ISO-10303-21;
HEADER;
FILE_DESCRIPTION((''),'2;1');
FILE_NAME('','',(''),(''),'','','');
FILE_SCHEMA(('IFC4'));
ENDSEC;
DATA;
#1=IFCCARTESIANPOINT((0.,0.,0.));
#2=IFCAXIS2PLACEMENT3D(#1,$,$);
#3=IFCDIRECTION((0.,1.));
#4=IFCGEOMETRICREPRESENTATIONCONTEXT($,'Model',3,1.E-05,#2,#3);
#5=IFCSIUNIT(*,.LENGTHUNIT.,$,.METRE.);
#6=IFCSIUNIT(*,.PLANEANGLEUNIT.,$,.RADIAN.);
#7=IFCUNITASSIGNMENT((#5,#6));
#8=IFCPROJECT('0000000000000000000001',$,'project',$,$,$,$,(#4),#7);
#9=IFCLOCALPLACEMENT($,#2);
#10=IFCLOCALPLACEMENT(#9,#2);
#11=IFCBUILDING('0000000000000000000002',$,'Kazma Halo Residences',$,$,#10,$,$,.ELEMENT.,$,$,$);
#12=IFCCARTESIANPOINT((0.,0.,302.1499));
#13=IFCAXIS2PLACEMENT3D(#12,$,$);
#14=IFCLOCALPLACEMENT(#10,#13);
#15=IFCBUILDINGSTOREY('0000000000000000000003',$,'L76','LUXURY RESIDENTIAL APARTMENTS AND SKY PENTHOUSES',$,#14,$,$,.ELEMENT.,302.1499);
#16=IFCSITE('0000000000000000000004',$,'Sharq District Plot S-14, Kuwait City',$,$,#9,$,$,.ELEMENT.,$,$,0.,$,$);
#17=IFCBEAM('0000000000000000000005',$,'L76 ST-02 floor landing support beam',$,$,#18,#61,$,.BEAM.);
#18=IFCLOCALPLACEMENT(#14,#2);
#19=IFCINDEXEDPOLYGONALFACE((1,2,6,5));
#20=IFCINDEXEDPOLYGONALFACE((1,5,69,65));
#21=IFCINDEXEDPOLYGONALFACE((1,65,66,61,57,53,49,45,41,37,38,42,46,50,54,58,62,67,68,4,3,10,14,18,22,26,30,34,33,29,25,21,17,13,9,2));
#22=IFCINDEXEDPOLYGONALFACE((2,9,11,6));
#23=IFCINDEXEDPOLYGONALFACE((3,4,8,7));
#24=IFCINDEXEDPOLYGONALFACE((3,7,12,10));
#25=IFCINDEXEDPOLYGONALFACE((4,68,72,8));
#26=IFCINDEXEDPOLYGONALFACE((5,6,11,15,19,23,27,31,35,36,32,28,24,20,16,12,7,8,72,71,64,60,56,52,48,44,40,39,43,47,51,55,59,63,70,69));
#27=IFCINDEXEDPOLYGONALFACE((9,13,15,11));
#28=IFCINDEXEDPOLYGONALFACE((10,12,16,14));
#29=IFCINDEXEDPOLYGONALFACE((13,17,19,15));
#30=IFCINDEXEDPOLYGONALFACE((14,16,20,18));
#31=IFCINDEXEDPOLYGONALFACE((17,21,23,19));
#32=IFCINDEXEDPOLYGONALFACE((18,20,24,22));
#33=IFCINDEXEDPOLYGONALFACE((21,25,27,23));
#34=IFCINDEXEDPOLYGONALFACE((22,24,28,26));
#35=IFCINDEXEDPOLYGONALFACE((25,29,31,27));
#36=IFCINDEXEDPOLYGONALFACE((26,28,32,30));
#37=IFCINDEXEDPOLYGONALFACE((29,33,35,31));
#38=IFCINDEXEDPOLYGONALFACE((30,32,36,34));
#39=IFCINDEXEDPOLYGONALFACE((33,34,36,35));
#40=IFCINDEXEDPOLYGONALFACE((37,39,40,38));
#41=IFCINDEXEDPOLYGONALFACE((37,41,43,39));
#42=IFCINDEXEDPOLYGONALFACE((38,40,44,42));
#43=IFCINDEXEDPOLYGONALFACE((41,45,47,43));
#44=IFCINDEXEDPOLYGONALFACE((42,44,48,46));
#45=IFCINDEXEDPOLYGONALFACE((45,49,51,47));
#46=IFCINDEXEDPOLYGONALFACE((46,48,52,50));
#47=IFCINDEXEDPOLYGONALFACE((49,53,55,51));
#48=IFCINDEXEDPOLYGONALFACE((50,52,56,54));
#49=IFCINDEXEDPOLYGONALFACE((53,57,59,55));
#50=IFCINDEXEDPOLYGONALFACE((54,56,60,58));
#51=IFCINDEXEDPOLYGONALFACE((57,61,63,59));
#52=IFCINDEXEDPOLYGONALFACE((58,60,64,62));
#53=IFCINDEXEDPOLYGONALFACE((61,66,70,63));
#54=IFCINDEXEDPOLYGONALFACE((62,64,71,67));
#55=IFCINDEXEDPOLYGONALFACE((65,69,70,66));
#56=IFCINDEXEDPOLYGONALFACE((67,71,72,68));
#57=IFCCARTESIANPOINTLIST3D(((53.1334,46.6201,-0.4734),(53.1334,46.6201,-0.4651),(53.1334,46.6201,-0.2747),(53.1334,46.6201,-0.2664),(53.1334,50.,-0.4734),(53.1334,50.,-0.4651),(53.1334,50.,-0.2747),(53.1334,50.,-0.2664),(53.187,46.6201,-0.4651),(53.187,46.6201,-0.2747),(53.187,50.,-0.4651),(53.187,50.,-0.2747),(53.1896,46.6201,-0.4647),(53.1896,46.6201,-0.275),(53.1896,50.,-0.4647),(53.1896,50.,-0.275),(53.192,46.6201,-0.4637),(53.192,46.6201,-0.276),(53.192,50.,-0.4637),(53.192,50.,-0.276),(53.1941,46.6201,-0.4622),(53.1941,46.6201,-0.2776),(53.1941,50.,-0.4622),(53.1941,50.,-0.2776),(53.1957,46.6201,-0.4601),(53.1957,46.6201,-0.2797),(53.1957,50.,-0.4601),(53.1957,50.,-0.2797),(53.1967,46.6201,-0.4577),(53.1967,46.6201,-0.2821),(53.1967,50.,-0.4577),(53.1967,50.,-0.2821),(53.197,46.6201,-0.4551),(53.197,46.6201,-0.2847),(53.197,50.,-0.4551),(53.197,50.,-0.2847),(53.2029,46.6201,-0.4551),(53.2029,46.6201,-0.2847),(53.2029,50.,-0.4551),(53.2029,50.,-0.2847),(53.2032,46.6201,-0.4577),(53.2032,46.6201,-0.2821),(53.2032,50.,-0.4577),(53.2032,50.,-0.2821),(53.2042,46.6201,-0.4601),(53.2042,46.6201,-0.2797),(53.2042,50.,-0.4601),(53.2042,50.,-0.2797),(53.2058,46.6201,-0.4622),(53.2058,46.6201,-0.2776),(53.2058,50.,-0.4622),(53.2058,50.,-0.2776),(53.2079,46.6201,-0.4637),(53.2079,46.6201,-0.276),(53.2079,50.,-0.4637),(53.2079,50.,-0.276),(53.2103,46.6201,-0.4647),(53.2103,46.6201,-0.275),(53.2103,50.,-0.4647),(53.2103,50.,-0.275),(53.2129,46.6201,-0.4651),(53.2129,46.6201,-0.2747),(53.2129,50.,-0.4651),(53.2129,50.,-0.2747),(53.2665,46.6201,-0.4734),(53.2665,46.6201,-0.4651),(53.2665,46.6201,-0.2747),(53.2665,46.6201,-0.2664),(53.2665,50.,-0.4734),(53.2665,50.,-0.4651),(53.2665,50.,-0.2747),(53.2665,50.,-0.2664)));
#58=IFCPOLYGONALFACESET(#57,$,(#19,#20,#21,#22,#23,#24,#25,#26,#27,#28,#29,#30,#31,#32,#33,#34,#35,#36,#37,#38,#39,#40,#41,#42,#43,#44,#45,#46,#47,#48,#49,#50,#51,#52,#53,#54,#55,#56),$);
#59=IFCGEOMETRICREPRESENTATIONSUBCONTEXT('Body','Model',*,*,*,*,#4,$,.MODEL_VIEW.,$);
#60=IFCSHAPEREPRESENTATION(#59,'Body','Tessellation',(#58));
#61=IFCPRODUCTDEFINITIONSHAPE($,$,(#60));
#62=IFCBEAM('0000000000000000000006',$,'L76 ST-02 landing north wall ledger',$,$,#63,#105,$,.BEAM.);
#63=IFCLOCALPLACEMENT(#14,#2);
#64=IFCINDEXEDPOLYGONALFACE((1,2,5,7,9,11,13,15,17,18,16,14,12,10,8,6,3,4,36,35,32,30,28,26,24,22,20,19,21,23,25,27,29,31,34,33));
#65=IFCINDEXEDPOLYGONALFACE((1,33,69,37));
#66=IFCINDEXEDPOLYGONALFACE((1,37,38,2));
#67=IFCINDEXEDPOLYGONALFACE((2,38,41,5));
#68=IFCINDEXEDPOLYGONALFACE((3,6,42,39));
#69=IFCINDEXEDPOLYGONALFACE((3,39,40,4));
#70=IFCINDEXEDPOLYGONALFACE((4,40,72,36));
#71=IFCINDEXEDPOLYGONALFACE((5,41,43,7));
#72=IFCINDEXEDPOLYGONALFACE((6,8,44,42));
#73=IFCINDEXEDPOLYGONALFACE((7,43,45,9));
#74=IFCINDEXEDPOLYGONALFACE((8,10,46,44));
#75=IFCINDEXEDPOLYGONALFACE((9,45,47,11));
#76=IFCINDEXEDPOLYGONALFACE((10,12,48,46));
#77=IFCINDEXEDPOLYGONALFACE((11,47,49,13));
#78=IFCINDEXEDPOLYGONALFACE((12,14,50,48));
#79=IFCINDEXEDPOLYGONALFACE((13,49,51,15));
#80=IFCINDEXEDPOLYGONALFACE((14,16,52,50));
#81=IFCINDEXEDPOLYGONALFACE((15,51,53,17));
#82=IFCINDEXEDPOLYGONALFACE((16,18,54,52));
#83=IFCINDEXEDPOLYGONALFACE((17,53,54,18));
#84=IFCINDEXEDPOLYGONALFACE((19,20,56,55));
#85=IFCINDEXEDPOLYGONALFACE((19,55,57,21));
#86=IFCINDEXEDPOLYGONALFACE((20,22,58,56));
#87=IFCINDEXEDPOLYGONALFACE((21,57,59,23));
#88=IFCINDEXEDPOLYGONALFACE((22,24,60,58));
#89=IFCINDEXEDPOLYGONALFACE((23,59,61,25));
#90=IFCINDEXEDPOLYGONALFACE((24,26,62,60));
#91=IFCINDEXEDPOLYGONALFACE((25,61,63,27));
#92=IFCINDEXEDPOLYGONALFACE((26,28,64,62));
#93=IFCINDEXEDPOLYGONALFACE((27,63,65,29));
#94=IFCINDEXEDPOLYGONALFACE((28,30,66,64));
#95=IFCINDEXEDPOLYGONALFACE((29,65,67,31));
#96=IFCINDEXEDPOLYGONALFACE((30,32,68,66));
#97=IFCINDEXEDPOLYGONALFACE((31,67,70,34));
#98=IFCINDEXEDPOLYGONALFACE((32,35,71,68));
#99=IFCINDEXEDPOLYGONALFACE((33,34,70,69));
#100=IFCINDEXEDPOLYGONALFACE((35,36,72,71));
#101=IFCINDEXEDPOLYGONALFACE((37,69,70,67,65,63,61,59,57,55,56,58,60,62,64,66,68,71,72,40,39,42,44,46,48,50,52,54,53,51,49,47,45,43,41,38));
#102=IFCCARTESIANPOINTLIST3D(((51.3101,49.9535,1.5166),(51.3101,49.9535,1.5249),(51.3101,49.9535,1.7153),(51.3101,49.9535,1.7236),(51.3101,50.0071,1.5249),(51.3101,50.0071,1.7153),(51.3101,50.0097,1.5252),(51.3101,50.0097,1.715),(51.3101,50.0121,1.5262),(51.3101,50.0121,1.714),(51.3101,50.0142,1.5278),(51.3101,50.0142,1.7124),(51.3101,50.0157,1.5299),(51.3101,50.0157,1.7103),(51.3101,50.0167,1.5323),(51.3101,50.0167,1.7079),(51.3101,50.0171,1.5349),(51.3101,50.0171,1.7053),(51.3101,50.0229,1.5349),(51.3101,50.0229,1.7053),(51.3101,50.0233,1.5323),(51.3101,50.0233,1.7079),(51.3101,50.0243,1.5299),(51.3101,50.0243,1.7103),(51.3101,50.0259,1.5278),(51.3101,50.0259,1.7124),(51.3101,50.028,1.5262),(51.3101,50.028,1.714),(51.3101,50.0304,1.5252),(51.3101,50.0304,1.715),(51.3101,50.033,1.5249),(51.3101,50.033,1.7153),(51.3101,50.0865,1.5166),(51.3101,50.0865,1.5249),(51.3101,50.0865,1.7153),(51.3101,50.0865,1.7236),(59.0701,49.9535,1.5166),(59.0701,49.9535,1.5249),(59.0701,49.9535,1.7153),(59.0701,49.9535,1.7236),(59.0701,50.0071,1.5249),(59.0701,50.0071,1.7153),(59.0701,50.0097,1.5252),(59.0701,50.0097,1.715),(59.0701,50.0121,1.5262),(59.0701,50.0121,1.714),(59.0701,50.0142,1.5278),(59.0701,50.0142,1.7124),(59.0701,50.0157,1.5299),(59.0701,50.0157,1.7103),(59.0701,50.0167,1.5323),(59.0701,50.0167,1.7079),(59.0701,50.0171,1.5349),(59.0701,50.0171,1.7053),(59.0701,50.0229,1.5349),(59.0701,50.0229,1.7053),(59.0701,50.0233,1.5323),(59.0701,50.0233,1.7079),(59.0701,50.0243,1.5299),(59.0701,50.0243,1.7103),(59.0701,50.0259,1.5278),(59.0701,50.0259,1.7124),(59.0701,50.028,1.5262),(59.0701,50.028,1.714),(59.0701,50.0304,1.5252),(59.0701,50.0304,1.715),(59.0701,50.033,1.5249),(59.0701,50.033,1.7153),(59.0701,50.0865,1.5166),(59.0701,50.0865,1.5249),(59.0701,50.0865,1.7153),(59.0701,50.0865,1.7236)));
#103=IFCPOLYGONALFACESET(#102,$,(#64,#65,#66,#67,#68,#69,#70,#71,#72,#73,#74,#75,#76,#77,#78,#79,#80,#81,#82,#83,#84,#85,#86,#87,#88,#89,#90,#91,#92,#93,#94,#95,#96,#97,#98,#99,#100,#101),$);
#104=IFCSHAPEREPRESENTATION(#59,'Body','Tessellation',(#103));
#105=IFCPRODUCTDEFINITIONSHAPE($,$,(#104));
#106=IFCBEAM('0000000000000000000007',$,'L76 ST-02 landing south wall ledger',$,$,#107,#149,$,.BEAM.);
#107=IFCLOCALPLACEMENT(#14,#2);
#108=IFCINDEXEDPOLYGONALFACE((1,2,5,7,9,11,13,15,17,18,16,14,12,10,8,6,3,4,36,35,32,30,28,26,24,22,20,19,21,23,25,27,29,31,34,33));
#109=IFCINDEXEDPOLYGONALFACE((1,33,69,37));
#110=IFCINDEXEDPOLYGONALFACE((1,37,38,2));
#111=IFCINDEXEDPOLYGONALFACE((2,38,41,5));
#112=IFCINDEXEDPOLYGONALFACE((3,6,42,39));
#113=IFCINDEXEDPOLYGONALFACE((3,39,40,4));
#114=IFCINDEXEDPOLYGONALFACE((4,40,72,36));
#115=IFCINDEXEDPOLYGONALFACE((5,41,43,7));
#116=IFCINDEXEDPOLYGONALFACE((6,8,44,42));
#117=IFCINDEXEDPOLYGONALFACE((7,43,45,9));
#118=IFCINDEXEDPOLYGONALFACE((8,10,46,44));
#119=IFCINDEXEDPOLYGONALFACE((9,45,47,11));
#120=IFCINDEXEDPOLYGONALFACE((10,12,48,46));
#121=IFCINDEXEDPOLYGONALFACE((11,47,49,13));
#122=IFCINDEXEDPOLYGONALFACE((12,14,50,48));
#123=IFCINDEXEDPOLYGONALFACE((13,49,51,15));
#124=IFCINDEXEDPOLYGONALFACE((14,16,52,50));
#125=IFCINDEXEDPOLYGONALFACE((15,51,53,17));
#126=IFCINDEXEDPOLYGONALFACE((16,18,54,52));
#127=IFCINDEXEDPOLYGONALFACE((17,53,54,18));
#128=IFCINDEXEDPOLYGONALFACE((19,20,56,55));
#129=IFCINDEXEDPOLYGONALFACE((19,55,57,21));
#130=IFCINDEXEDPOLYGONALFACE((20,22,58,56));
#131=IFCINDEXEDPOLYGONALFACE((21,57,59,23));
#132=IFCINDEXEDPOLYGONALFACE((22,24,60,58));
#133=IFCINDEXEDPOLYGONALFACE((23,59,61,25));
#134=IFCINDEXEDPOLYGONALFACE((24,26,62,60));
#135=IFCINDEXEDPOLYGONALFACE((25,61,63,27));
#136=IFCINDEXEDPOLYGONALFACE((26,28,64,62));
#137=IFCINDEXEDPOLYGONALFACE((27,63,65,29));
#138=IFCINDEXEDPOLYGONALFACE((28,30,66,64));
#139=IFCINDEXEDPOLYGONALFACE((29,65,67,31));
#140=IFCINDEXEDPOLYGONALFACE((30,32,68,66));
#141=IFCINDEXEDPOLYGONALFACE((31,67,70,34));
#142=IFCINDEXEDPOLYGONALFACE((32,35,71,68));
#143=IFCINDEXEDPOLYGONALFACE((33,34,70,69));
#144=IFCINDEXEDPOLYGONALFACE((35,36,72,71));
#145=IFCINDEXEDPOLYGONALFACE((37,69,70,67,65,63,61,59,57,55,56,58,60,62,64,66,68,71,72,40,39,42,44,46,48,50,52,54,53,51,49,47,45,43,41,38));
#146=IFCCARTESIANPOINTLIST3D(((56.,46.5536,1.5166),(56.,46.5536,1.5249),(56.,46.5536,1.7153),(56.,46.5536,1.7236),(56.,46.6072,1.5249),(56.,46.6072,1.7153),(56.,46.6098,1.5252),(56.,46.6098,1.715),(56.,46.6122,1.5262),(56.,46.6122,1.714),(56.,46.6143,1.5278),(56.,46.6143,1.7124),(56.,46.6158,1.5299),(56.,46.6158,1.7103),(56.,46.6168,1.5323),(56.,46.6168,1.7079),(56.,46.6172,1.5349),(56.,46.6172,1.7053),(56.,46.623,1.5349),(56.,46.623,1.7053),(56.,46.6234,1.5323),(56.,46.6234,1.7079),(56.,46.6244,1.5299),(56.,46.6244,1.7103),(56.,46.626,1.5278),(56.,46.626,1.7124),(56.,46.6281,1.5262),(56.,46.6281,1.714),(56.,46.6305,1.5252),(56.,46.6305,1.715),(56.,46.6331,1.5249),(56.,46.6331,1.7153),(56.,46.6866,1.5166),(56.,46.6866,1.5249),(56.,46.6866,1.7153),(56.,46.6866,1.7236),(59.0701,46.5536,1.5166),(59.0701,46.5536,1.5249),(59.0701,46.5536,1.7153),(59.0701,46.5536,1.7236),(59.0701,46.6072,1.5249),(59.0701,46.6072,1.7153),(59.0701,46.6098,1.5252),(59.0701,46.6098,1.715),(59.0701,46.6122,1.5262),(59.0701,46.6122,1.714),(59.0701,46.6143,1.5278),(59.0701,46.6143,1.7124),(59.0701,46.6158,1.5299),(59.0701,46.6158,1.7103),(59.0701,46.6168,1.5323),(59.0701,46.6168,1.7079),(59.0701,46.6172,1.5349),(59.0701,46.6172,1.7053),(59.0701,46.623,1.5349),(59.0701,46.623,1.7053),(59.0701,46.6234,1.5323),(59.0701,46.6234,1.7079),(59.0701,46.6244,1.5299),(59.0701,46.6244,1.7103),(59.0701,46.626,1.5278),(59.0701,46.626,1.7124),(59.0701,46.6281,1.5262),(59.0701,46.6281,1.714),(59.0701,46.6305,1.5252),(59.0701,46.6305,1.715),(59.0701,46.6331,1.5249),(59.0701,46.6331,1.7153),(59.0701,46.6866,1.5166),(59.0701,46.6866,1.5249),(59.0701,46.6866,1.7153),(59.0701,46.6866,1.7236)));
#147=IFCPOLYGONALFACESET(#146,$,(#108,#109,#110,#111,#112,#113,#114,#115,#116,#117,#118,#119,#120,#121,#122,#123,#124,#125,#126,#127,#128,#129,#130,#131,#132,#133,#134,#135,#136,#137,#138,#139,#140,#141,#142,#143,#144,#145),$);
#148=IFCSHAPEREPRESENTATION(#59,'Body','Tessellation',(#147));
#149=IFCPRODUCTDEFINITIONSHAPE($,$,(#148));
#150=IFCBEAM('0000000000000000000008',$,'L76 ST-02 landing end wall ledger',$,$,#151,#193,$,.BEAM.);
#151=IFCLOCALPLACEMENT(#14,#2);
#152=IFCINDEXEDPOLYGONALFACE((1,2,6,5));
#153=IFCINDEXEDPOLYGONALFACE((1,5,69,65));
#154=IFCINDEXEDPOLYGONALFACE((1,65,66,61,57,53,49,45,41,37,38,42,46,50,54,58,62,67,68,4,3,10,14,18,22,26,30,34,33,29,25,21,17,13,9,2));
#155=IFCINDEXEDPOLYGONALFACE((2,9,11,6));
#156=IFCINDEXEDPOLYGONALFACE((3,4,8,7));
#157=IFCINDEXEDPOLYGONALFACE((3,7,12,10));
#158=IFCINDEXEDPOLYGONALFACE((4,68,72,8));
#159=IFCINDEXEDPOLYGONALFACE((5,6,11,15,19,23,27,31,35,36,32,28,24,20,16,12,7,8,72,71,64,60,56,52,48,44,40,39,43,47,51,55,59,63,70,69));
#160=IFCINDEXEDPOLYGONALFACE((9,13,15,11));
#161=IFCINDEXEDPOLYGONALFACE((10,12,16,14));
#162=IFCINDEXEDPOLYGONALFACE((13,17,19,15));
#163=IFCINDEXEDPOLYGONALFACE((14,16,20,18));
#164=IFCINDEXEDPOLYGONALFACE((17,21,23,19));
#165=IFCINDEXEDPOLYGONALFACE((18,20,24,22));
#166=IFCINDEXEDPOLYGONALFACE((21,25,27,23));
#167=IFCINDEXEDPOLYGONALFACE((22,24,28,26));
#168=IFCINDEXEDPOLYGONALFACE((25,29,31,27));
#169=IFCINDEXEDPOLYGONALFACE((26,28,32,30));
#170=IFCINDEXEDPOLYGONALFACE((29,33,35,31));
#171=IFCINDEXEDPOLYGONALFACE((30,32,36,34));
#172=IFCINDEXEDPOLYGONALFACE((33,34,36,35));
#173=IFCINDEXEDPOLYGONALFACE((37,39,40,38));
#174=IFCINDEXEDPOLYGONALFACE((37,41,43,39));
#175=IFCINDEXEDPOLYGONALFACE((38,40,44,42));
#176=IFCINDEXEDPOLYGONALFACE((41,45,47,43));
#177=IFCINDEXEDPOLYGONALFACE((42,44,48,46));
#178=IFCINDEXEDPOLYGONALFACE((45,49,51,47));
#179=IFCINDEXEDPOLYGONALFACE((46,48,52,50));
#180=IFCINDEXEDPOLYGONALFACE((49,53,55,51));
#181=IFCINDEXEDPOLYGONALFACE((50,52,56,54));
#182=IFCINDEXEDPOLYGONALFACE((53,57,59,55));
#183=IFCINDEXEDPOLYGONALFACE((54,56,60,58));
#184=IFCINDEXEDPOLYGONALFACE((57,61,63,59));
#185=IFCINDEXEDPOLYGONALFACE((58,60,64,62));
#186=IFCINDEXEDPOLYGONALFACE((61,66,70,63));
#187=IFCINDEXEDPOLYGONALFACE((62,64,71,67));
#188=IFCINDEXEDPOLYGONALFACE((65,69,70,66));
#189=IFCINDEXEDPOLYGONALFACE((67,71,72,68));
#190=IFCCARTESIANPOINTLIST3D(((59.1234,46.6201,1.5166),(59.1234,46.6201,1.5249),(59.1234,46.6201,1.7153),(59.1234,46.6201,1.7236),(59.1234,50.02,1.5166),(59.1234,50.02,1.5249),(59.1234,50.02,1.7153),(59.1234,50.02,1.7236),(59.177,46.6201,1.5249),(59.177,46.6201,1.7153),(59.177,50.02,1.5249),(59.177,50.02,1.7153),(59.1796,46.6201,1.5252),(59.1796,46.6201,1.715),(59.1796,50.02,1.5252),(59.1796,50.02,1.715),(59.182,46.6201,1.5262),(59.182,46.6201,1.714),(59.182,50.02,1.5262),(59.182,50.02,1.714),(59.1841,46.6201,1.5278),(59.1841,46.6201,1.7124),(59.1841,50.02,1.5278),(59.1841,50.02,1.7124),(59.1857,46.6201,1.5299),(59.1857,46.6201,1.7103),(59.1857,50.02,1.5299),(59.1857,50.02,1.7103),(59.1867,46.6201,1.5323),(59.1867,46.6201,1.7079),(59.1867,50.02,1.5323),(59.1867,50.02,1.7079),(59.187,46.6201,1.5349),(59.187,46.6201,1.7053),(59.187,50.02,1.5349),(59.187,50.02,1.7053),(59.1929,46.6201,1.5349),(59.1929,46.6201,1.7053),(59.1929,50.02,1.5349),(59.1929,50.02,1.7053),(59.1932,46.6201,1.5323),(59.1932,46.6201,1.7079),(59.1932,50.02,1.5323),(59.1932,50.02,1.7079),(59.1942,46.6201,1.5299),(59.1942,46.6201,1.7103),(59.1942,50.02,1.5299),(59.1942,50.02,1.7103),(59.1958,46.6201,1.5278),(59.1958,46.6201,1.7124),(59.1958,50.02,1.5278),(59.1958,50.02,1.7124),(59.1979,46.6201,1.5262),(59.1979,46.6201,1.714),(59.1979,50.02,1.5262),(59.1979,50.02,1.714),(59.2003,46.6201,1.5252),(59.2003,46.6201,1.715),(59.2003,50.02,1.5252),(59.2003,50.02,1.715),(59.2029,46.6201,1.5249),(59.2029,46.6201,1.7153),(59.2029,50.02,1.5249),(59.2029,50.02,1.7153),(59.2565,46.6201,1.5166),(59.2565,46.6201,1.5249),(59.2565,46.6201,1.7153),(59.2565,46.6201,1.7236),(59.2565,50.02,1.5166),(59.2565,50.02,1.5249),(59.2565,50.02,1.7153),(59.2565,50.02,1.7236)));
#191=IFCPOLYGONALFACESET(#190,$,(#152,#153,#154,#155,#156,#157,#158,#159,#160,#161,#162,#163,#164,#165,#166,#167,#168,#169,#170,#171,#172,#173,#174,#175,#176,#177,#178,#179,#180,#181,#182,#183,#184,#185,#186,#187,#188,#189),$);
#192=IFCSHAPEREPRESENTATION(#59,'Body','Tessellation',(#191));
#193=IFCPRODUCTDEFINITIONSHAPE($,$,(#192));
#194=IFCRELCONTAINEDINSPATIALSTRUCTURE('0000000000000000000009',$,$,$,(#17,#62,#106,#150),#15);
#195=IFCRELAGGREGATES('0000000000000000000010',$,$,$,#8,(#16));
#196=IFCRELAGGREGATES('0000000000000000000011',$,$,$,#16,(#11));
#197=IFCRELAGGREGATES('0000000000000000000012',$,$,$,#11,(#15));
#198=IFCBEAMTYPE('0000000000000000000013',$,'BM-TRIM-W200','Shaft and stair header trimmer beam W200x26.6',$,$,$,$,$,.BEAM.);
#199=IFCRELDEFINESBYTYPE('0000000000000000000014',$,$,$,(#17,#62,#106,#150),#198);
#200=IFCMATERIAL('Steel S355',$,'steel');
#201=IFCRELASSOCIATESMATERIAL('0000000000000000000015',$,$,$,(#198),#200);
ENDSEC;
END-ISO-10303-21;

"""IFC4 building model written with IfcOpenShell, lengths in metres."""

from ifc_helpers import new_model, si_unit, direction, frame, origin, origin_2d, place, context, subcontext, project, spatial, i_section, extrude, material, material_profile, profile_set, type_object, element, save


model = new_model("IFC4")

# Units and contexts
model_context = context("Model", 3, precision=1e-05, world=origin(), true_north=direction((0.0, 1.0)))
body_context = subcontext(model_context, "Body", "Model", "MODEL_VIEW")
ifc_project = project(units=[si_unit("LENGTHUNIT", "METRE"), si_unit("PLANEANGLEUNIT", "RADIAN")], contexts=[model_context])

# Site, building, storey
site_placement = place(None, origin())
site = spatial("IfcSite", under=ifc_project, at=site_placement, Name="Sharq District Plot S-14, Kuwait City", CompositionType="ELEMENT", RefElevation=0.0)
building_placement = place(site_placement, origin())
building = spatial("IfcBuilding", under=site, at=building_placement, Name="Kazma Halo Residences", CompositionType="ELEMENT")
storey_placement = place(building_placement, frame((0.0, 0.0, 302.1499)))
storey = spatial("IfcBuildingStorey", under=building, at=storey_placement, Name="L76", Description="LUXURY RESIDENTIAL APARTMENTS AND SKY PENTHOUSES", CompositionType="ELEMENT", Elevation=302.1499)

# Shared definitions
ifc_material_1 = material(Name="Steel S355", Category="steel")

# Beams
ifc_material_profile_1 = material_profile(ifc_material_1, i_section(OverallWidth=0.1331, OverallDepth=0.207, WebThickness=0.0059, FlangeThickness=0.0083, FilletRadius=0.01, at=origin_2d()), Name="W200x26.6")
ifc_profile_set_1 = profile_set([ifc_material_profile_1], Name="Steel S355")
beam_type_1 = type_object("IfcBeamType", Name="BM-TRIM-W200", Description="Shaft and stair header trimmer beam W200x26.6", PredefinedType="BEAM", material=ifc_profile_set_1)
beam_1_placement = place(storey_placement, frame((53.2, 46.6201, -0.3699), z_axis=(0.0, 1.0, 0.0), x_axis=(-1.0, 0.0, 0.0)))
element("IfcBeam", 1, at=beam_1_placement, inside=storey, type_object=beam_type_1, Name="L76 ST-02 floor landing support beam", PredefinedType="BEAM", context=body_context, shape_type="SweptSolid", body=[
    extrude(i_section(OverallWidth=0.1331, OverallDepth=0.207, WebThickness=0.0059, FlangeThickness=0.0083, FilletRadius=0.01, at=origin_2d()), origin(), (0.0, 0.0, 1.0), 3.3799),
])
beam_2_placement = place(storey_placement, frame((51.3101, 50.02, 1.6201), z_axis=(1.0, 0.0, 0.0), x_axis=(0.0, 1.0, 0.0)))
element("IfcBeam", 2, at=beam_2_placement, inside=storey, type_object=beam_type_1, Name="L76 ST-02 landing north wall ledger", PredefinedType="BEAM", context=body_context, shape_type="SweptSolid", body=[
    extrude(i_section(OverallWidth=0.1331, OverallDepth=0.207, WebThickness=0.0059, FlangeThickness=0.0083, FilletRadius=0.01, at=origin_2d()), origin(), (0.0, 0.0, 1.0), 7.76),
])
beam_3_placement = place(storey_placement, frame((56.0, 46.6201, 1.6201), z_axis=(1.0, 0.0, 0.0), x_axis=(0.0, 1.0, 0.0)))
element("IfcBeam", 3, at=beam_3_placement, inside=storey, type_object=beam_type_1, Name="L76 ST-02 landing south wall ledger", PredefinedType="BEAM", context=body_context, shape_type="SweptSolid", body=[
    extrude(i_section(OverallWidth=0.1331, OverallDepth=0.207, WebThickness=0.0059, FlangeThickness=0.0083, FilletRadius=0.01, at=origin_2d()), origin(), (0.0, 0.0, 1.0), 3.0701),
])
beam_4_placement = place(storey_placement, frame((59.1899, 46.6201, 1.6201), z_axis=(0.0, 1.0, 0.0), x_axis=(-1.0, 0.0, 0.0)))
element("IfcBeam", 4, at=beam_4_placement, inside=storey, type_object=beam_type_1, Name="L76 ST-02 landing end wall ledger", PredefinedType="BEAM", context=body_context, shape_type="SweptSolid", body=[
    extrude(i_section(OverallWidth=0.1331, OverallDepth=0.207, WebThickness=0.0059, FlangeThickness=0.0083, FilletRadius=0.01, at=origin_2d()), origin(), (0.0, 0.0, 1.0), 3.3999),
])

save(model, "model.ifc")
